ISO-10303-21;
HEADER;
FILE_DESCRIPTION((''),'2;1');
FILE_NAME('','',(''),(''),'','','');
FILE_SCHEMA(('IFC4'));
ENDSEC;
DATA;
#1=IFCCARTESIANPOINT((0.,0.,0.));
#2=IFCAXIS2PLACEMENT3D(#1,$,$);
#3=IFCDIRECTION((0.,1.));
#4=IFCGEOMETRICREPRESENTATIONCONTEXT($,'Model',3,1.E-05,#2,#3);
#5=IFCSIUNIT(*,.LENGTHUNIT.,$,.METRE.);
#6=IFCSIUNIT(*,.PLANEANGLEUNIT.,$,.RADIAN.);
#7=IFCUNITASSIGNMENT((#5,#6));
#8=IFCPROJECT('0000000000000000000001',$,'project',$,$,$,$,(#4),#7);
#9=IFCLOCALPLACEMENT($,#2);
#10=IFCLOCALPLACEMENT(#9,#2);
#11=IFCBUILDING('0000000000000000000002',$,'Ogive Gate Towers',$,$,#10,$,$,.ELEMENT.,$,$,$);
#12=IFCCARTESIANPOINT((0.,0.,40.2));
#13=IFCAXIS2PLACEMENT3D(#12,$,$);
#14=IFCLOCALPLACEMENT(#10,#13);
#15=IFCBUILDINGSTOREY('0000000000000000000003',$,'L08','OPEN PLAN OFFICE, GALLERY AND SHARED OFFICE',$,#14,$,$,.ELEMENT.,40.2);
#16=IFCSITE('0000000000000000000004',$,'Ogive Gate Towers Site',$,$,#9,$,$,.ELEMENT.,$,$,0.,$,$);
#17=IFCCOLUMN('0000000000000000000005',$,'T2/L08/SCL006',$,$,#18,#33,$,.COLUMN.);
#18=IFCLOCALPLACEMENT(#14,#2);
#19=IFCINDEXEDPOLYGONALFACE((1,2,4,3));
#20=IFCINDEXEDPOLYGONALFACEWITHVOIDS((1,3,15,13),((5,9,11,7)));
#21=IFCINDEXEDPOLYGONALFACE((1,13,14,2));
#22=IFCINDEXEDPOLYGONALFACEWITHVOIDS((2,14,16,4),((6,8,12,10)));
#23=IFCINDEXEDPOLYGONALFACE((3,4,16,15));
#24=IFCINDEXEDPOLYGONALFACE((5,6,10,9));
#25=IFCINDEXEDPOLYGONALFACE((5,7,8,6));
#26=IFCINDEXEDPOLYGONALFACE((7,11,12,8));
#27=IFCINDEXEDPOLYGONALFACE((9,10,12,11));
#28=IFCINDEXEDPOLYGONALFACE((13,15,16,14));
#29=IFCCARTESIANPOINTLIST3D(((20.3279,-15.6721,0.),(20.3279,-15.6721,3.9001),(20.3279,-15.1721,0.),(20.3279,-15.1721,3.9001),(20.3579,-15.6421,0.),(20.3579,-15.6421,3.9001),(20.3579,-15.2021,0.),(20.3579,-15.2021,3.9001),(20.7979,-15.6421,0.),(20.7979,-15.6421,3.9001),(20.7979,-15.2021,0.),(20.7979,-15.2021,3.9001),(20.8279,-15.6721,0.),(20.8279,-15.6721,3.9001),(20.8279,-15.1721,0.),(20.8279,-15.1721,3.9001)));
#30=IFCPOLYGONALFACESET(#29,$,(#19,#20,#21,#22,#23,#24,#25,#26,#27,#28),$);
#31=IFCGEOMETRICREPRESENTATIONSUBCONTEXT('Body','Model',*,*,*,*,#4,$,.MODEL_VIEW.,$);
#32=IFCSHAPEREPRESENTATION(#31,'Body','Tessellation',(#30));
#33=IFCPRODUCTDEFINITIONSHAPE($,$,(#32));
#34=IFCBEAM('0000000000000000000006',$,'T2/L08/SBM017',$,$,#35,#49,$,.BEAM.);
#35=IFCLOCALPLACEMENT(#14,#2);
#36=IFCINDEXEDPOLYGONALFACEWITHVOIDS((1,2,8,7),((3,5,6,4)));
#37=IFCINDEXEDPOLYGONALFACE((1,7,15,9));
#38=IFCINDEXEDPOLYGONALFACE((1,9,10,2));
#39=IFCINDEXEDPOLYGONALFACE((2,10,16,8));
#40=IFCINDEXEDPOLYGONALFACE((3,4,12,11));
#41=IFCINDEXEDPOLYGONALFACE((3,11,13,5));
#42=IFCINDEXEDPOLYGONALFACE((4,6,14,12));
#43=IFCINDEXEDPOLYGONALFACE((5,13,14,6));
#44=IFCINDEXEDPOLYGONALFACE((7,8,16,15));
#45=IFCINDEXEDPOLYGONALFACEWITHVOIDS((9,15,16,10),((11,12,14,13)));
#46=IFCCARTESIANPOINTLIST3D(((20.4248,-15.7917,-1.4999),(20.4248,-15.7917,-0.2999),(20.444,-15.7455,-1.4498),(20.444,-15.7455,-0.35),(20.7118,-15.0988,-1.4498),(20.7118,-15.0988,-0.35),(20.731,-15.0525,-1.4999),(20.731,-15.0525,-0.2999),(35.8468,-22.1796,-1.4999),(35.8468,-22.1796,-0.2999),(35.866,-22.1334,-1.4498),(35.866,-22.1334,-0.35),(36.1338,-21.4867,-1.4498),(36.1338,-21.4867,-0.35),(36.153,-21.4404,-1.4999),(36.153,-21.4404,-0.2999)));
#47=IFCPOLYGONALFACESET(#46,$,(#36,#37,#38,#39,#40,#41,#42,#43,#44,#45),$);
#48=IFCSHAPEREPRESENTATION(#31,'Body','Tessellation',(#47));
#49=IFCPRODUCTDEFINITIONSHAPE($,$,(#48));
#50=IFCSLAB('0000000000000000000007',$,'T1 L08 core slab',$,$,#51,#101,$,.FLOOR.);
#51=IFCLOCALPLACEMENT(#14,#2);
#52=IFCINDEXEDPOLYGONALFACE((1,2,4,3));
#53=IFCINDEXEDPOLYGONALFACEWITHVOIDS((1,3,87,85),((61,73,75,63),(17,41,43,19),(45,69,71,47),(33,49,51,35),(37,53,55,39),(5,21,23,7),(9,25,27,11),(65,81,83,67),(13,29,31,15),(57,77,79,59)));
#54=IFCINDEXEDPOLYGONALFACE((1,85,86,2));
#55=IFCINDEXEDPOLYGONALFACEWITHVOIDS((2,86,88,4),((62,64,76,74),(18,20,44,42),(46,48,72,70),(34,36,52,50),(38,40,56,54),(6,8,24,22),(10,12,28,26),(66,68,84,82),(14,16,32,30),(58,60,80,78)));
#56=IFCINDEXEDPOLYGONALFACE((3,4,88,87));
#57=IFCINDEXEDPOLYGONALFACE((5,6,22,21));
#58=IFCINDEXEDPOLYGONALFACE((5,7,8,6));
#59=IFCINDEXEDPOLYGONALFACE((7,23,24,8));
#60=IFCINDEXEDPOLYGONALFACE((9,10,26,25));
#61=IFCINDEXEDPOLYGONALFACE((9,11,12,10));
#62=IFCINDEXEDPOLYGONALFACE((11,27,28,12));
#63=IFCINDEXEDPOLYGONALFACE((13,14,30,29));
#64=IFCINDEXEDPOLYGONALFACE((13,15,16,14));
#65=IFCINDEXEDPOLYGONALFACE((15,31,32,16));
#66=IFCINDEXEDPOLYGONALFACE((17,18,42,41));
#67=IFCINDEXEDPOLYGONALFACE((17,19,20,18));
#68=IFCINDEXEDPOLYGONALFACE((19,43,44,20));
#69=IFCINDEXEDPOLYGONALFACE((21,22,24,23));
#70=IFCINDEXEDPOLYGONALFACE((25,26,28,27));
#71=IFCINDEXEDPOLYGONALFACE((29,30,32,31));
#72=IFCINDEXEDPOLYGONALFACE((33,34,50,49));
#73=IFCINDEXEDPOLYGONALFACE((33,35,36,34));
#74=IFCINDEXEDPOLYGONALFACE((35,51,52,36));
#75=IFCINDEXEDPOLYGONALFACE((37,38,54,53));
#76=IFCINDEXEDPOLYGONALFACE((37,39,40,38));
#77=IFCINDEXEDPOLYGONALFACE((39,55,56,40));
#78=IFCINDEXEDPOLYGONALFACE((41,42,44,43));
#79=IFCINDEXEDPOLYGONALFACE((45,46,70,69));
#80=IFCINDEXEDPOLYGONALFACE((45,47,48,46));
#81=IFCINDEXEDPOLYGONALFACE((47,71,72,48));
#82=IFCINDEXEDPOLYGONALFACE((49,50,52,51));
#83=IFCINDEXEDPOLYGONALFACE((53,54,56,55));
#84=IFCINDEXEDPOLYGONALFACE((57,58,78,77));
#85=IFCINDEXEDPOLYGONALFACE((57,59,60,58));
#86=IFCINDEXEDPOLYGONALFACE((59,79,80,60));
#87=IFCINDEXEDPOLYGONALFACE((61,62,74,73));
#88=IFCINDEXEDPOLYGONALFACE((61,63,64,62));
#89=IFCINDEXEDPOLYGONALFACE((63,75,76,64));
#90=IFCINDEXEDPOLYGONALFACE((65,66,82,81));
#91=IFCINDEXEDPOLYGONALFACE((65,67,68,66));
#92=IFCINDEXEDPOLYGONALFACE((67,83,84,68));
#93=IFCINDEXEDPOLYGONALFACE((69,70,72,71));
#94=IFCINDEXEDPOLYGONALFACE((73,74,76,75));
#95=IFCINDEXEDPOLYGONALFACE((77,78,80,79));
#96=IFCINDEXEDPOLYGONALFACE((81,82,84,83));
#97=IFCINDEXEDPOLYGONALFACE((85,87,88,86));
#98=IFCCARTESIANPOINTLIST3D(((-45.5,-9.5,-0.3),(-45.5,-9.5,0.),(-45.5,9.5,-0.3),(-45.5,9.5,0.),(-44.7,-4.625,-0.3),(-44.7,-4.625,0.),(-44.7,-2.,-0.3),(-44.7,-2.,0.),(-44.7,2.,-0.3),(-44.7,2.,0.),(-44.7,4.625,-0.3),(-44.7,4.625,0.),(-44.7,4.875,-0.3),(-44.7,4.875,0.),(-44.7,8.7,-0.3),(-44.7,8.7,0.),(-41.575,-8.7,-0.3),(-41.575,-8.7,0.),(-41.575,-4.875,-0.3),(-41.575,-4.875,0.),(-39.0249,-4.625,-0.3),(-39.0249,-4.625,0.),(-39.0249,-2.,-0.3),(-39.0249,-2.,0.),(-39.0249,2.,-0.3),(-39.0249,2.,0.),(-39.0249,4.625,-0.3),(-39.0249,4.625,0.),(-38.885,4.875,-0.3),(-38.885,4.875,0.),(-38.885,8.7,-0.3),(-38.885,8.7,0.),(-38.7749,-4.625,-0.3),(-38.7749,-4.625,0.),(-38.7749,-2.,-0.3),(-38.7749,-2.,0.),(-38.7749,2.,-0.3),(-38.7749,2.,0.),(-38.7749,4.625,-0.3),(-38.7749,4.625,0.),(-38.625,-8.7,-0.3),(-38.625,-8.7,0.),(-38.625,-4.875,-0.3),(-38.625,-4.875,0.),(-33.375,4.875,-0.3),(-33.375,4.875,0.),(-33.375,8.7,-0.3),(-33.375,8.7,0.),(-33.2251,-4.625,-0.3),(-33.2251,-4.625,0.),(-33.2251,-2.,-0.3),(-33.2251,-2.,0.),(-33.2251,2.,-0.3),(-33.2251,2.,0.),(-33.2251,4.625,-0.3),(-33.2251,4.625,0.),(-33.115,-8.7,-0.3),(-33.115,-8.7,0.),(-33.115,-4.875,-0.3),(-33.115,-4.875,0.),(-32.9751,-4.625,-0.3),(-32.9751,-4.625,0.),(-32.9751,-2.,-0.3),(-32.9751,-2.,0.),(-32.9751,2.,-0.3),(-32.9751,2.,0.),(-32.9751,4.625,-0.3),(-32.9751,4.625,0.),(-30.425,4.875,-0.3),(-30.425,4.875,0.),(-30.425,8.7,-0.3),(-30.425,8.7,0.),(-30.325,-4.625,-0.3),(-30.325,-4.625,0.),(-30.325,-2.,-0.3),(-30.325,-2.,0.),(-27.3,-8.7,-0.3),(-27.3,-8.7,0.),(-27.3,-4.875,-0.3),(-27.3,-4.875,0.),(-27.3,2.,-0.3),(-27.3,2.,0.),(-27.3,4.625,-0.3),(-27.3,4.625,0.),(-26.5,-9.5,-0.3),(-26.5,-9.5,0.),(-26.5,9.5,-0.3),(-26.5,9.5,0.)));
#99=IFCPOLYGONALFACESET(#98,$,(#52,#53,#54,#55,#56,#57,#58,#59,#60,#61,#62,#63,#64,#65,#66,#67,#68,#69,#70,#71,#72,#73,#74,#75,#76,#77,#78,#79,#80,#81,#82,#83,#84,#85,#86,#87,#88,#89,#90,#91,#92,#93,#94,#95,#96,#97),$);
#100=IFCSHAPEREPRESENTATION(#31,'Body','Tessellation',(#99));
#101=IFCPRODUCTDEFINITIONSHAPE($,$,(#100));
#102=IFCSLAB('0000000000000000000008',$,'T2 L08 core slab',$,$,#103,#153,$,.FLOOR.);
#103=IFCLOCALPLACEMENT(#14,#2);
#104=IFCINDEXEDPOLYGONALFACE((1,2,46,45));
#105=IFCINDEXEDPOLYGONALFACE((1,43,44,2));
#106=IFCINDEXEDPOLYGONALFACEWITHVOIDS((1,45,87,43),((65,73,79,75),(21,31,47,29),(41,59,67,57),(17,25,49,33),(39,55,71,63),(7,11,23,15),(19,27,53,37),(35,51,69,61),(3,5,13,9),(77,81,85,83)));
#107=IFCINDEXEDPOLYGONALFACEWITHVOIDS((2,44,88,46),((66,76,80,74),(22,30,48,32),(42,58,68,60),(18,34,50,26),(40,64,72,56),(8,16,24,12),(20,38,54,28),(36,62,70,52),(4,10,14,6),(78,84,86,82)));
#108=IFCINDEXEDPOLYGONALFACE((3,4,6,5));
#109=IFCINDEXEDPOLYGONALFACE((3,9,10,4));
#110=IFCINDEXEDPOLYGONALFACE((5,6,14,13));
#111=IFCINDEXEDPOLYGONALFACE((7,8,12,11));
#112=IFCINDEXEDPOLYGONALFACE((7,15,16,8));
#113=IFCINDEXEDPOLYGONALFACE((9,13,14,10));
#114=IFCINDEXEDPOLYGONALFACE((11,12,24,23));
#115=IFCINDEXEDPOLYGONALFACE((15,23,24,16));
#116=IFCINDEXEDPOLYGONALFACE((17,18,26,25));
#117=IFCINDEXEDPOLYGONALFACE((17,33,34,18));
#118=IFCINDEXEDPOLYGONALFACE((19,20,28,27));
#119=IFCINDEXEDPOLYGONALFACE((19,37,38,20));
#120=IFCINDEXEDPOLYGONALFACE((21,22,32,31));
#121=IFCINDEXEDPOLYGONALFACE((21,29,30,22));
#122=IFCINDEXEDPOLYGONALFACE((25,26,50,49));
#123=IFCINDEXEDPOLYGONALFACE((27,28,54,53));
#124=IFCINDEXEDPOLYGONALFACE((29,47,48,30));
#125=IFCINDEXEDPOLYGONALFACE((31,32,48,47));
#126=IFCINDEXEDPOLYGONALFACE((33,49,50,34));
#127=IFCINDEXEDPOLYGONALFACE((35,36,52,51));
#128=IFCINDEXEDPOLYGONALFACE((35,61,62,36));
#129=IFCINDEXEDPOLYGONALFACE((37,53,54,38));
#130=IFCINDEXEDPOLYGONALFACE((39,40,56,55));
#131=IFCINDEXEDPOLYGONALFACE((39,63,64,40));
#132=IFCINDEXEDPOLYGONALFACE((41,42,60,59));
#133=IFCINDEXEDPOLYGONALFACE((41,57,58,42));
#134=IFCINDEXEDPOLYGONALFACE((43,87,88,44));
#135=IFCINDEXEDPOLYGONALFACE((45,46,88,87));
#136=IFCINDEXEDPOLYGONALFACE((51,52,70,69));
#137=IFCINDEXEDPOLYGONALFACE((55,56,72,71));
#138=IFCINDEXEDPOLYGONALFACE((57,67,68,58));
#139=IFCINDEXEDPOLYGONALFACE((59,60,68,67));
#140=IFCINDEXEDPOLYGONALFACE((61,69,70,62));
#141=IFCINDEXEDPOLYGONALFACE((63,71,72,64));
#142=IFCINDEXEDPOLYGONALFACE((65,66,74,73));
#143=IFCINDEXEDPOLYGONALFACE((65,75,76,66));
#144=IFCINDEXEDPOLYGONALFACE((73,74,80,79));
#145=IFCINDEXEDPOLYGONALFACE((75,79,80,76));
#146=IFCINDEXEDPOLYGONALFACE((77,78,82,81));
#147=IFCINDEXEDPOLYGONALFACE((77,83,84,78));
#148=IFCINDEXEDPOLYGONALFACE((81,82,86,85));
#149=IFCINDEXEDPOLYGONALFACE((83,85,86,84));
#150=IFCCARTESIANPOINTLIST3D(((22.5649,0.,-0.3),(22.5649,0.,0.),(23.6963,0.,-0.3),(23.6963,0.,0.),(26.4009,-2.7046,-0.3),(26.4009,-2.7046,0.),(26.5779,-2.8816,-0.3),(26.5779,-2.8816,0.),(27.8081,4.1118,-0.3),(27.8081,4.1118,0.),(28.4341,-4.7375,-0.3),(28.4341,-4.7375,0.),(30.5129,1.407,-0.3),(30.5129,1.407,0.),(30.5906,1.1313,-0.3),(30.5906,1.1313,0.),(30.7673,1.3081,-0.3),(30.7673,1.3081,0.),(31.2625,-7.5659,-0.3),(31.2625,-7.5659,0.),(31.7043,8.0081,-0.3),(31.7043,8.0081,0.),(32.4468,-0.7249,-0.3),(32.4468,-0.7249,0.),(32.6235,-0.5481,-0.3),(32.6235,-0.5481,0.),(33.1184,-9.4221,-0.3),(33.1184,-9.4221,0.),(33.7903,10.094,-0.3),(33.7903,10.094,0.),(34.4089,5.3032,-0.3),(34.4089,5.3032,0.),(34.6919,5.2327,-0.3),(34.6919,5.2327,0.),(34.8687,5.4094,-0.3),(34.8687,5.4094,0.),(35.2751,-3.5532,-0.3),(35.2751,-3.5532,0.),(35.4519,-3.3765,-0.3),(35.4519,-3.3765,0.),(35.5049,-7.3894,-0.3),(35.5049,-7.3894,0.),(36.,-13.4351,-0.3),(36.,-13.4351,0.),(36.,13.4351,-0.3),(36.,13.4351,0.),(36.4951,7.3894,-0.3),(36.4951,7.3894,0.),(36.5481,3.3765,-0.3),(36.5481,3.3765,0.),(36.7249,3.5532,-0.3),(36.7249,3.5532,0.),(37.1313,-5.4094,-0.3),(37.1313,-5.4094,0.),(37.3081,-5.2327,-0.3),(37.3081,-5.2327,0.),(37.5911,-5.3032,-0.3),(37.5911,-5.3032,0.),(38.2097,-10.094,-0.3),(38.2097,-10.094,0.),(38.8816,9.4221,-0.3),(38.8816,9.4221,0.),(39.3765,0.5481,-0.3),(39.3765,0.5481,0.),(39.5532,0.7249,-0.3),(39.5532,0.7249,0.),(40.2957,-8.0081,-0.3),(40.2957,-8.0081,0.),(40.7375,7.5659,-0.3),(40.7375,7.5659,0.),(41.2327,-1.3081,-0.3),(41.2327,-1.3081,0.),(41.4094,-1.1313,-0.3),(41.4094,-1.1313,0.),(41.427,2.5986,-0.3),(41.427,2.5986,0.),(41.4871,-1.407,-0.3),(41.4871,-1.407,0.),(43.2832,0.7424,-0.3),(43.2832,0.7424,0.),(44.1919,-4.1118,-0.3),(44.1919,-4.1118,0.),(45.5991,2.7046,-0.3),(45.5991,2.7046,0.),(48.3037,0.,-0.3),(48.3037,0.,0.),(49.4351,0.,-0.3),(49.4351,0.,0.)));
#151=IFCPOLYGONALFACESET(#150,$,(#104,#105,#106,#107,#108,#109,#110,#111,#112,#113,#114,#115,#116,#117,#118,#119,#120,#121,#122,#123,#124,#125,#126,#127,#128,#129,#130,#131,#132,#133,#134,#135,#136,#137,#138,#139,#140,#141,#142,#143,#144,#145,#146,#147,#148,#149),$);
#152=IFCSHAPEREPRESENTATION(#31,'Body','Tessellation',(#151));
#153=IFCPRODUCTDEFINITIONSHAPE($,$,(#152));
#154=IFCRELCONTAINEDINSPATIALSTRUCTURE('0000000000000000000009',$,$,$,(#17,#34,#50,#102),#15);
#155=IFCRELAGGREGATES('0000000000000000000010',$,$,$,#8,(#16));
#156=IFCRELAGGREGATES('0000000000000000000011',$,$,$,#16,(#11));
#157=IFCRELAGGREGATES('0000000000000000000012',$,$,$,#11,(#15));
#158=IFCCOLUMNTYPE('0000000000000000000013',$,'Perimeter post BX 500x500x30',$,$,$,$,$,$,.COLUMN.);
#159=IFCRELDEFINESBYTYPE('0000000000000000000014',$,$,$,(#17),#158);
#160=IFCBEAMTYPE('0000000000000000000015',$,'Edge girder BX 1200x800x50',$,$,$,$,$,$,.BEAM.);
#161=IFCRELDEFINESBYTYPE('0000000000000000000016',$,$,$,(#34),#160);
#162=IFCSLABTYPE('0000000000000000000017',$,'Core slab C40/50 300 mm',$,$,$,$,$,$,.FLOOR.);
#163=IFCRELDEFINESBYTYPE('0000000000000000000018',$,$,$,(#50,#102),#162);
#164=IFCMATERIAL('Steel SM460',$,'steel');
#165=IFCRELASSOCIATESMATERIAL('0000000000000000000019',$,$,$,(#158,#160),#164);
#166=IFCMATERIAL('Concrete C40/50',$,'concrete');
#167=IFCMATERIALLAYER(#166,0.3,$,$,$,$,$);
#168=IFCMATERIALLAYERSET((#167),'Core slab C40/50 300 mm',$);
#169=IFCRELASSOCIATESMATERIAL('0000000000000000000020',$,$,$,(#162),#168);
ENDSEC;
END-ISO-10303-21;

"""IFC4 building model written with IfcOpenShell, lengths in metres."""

from ifc_helpers import new_model, si_unit, direction, frame, origin, origin_2d, place, context, subcontext, project, spatial, polyline, hollow_rectangle, outline, extrude, material, layer, layer_set, material_profile, profile_set, type_object, element, save


model = new_model("IFC4")

# Units and contexts
model_context = context("Model", 3, precision=1e-05, world=origin(), true_north=direction((0.0, 1.0)))
body_context = subcontext(model_context, "Body", "Model", "MODEL_VIEW")
ifc_project = project(units=[si_unit("LENGTHUNIT", "METRE"), si_unit("PLANEANGLEUNIT", "RADIAN")], contexts=[model_context])

# Site, building, storey
site_placement = place(None, origin())
site = spatial("IfcSite", under=ifc_project, at=site_placement, Name="Ogive Gate Towers Site", CompositionType="ELEMENT", RefElevation=0.0)
building_placement = place(site_placement, origin())
building = spatial("IfcBuilding", under=site, at=building_placement, Name="Ogive Gate Towers", CompositionType="ELEMENT")
storey_placement = place(building_placement, frame((0.0, 0.0, 40.2)))
storey = spatial("IfcBuildingStorey", under=building, at=storey_placement, Name="L08", Description="OPEN PLAN OFFICE, GALLERY AND SHARED OFFICE", CompositionType="ELEMENT", Elevation=40.2)

# Column
ifc_material_1 = material(Name="Steel SM460", Category="steel")
ifc_material_profile_1 = material_profile(ifc_material_1, hollow_rectangle(XDim=0.5, YDim=0.5, WallThickness=0.03, at=origin_2d()), Name="BX 500x500x30")
ifc_profile_set_1 = profile_set([ifc_material_profile_1], Name="Steel SM460")
column_type = type_object("IfcColumnType", Name="Perimeter post BX 500x500x30", PredefinedType="COLUMN", material=ifc_profile_set_1)
column_placement = place(storey_placement, frame((20.5779, -15.4221, 0.0), z_axis=(0.0, 0.0, 1.0), x_axis=(1.0, 0.0, 0.0)))
element("IfcColumn", 1, at=column_placement, inside=storey, type_object=column_type, Name="T2/L08/SCL006", PredefinedType="COLUMN", context=body_context, shape_type="SweptSolid", body=[
    extrude(hollow_rectangle(XDim=0.5, YDim=0.5, WallThickness=0.03, at=origin_2d()), origin(), (0.0, 0.0, 1.0), 3.9001),
])

# Beam
ifc_material_profile_2 = material_profile(ifc_material_1, hollow_rectangle(XDim=0.8, YDim=1.2, WallThickness=0.05, at=origin_2d()), Name="BX 1200x800x50")
ifc_profile_set_2 = profile_set([ifc_material_profile_2], Name="Steel SM460")
beam_type = type_object("IfcBeamType", Name="Edge girder BX 1200x800x50", PredefinedType="BEAM", material=ifc_profile_set_2)
beam_placement = place(storey_placement, frame((20.5779, -15.4221, -0.8999), z_axis=(0.923882, -0.382678, 0.0), x_axis=(0.382678, 0.923882, 0.0)))
element("IfcBeam", 2, at=beam_placement, inside=storey, type_object=beam_type, Name="T2/L08/SBM017", PredefinedType="BEAM", context=body_context, shape_type="SweptSolid", body=[
    extrude(hollow_rectangle(XDim=0.8, YDim=1.2, WallThickness=0.05, at=origin_2d()), origin(), (0.0, 0.0, 1.0), 16.6926),
])

# Slabs
ifc_material_2 = material(Name="Concrete C40/50", Category="concrete")
ifc_layer_1 = layer(ifc_material_2, 0.3)
ifc_layer_set_1 = layer_set([ifc_layer_1], Name="Core slab C40/50 300 mm")
slab_type_1 = type_object("IfcSlabType", Name="Core slab C40/50 300 mm", PredefinedType="FLOOR", material=ifc_layer_set_1)
slab_1_placement = place(storey_placement, frame((0.0, 0.0, -0.3)))
element("IfcSlab", 3, at=slab_1_placement, inside=storey, type_object=slab_type_1, Name="T1 L08 core slab", PredefinedType="FLOOR", context=body_context, shape_type="SweptSolid", body=[
    extrude(outline(polyline([(-26.5, 9.5), (-26.5, -9.5), (-45.5, -9.5), (-45.5, 9.5), (-26.5, 9.5)]), holes=[polyline([(-39.0249, 4.625), (-44.7, 4.625), (-44.7, 2.0), (-39.0249, 2.0), (-39.0249, 4.625)]), polyline([(-33.2251, 2.0), (-33.2251, 4.625), (-38.7749, 4.625), (-38.7749, 2.0), (-33.2251, 2.0)]), polyline([(-32.9751, 2.0), (-27.3, 2.0), (-27.3, 4.625), (-32.9751, 4.625), (-32.9751, 2.0)]), polyline([(-44.7, -2.0), (-44.7, -4.625), (-39.0249, -4.625), (-39.0249, -2.0), (-44.7, -2.0)]), polyline([(-33.2251, -2.0), (-38.7749, -2.0), (-38.7749, -4.625), (-33.2251, -4.625), (-33.2251, -2.0)]), polyline([(-30.325, -4.625), (-30.325, -2.0), (-32.9751, -2.0), (-32.9751, -4.625), (-30.325, -4.625)]), polyline([(-33.375, 4.875), (-30.425, 4.875), (-30.425, 8.7), (-33.375, 8.7), (-33.375, 4.875)]), polyline([(-41.575, -4.875), (-41.575, -8.7), (-38.625, -8.7), (-38.625, -4.875), (-41.575, -4.875)]), polyline([(-44.7, 4.875), (-38.885, 4.875), (-38.885, 8.7), (-44.7, 8.7), (-44.7, 4.875)]), polyline([(-27.3, -8.7), (-27.3, -4.875), (-33.115, -4.875), (-33.115, -8.7), (-27.3, -8.7)])]), origin(), (0.0, 0.0, 1.0), 0.3),
])
slab_2_placement = place(storey_placement, frame((0.0, 0.0, -0.3)))
element("IfcSlab", 4, at=slab_2_placement, inside=storey, type_object=slab_type_1, Name="T2 L08 core slab", PredefinedType="FLOOR", context=body_context, shape_type="SweptSolid", body=[
    extrude(outline(polyline([(36.0, 13.4351), (49.4351, 0.0), (36.0, -13.4351), (22.5649, 0.0), (36.0, 13.4351)]), holes=[polyline([(30.5906, 1.1313), (26.5779, -2.8816), (28.4341, -4.7375), (32.4468, -0.7249), (30.5906, 1.1313)]), polyline([(36.5481, 3.3765), (34.6919, 5.2327), (30.7673, 1.3081), (32.6235, -0.5481), (36.5481, 3.3765)]), polyline([(36.7249, 3.5532), (40.7375, 7.5659), (38.8816, 9.4221), (34.8687, 5.4094), (36.7249, 3.5532)]), polyline([(31.2625, -7.5659), (33.1184, -9.4221), (37.1313, -5.4094), (35.2751, -3.5532), (31.2625, -7.5659)]), polyline([(39.3765, 0.5481), (35.4519, -3.3765), (37.3081, -5.2327), (41.2327, -1.3081), (39.3765, 0.5481)]), polyline([(43.2832, 0.7424), (41.427, 2.5986), (39.5532, 0.7249), (41.4094, -1.1313), (43.2832, 0.7424)]), polyline([(34.4089, 5.3032), (36.4951, 7.3894), (33.7903, 10.094), (31.7043, 8.0081), (34.4089, 5.3032)]), polyline([(35.5049, -7.3894), (38.2097, -10.094), (40.2957, -8.0081), (37.5911, -5.3032), (35.5049, -7.3894)]), polyline([(26.4009, -2.7046), (30.5129, 1.407), (27.8081, 4.1118), (23.6963, 0.0), (26.4009, -2.7046)]), polyline([(48.3037, 0.0), (45.5991, 2.7046), (41.4871, -1.407), (44.1919, -4.1118), (48.3037, 0.0)])]), origin(), (0.0, 0.0, 1.0), 0.3),
])

save(model, "model.ifc")
